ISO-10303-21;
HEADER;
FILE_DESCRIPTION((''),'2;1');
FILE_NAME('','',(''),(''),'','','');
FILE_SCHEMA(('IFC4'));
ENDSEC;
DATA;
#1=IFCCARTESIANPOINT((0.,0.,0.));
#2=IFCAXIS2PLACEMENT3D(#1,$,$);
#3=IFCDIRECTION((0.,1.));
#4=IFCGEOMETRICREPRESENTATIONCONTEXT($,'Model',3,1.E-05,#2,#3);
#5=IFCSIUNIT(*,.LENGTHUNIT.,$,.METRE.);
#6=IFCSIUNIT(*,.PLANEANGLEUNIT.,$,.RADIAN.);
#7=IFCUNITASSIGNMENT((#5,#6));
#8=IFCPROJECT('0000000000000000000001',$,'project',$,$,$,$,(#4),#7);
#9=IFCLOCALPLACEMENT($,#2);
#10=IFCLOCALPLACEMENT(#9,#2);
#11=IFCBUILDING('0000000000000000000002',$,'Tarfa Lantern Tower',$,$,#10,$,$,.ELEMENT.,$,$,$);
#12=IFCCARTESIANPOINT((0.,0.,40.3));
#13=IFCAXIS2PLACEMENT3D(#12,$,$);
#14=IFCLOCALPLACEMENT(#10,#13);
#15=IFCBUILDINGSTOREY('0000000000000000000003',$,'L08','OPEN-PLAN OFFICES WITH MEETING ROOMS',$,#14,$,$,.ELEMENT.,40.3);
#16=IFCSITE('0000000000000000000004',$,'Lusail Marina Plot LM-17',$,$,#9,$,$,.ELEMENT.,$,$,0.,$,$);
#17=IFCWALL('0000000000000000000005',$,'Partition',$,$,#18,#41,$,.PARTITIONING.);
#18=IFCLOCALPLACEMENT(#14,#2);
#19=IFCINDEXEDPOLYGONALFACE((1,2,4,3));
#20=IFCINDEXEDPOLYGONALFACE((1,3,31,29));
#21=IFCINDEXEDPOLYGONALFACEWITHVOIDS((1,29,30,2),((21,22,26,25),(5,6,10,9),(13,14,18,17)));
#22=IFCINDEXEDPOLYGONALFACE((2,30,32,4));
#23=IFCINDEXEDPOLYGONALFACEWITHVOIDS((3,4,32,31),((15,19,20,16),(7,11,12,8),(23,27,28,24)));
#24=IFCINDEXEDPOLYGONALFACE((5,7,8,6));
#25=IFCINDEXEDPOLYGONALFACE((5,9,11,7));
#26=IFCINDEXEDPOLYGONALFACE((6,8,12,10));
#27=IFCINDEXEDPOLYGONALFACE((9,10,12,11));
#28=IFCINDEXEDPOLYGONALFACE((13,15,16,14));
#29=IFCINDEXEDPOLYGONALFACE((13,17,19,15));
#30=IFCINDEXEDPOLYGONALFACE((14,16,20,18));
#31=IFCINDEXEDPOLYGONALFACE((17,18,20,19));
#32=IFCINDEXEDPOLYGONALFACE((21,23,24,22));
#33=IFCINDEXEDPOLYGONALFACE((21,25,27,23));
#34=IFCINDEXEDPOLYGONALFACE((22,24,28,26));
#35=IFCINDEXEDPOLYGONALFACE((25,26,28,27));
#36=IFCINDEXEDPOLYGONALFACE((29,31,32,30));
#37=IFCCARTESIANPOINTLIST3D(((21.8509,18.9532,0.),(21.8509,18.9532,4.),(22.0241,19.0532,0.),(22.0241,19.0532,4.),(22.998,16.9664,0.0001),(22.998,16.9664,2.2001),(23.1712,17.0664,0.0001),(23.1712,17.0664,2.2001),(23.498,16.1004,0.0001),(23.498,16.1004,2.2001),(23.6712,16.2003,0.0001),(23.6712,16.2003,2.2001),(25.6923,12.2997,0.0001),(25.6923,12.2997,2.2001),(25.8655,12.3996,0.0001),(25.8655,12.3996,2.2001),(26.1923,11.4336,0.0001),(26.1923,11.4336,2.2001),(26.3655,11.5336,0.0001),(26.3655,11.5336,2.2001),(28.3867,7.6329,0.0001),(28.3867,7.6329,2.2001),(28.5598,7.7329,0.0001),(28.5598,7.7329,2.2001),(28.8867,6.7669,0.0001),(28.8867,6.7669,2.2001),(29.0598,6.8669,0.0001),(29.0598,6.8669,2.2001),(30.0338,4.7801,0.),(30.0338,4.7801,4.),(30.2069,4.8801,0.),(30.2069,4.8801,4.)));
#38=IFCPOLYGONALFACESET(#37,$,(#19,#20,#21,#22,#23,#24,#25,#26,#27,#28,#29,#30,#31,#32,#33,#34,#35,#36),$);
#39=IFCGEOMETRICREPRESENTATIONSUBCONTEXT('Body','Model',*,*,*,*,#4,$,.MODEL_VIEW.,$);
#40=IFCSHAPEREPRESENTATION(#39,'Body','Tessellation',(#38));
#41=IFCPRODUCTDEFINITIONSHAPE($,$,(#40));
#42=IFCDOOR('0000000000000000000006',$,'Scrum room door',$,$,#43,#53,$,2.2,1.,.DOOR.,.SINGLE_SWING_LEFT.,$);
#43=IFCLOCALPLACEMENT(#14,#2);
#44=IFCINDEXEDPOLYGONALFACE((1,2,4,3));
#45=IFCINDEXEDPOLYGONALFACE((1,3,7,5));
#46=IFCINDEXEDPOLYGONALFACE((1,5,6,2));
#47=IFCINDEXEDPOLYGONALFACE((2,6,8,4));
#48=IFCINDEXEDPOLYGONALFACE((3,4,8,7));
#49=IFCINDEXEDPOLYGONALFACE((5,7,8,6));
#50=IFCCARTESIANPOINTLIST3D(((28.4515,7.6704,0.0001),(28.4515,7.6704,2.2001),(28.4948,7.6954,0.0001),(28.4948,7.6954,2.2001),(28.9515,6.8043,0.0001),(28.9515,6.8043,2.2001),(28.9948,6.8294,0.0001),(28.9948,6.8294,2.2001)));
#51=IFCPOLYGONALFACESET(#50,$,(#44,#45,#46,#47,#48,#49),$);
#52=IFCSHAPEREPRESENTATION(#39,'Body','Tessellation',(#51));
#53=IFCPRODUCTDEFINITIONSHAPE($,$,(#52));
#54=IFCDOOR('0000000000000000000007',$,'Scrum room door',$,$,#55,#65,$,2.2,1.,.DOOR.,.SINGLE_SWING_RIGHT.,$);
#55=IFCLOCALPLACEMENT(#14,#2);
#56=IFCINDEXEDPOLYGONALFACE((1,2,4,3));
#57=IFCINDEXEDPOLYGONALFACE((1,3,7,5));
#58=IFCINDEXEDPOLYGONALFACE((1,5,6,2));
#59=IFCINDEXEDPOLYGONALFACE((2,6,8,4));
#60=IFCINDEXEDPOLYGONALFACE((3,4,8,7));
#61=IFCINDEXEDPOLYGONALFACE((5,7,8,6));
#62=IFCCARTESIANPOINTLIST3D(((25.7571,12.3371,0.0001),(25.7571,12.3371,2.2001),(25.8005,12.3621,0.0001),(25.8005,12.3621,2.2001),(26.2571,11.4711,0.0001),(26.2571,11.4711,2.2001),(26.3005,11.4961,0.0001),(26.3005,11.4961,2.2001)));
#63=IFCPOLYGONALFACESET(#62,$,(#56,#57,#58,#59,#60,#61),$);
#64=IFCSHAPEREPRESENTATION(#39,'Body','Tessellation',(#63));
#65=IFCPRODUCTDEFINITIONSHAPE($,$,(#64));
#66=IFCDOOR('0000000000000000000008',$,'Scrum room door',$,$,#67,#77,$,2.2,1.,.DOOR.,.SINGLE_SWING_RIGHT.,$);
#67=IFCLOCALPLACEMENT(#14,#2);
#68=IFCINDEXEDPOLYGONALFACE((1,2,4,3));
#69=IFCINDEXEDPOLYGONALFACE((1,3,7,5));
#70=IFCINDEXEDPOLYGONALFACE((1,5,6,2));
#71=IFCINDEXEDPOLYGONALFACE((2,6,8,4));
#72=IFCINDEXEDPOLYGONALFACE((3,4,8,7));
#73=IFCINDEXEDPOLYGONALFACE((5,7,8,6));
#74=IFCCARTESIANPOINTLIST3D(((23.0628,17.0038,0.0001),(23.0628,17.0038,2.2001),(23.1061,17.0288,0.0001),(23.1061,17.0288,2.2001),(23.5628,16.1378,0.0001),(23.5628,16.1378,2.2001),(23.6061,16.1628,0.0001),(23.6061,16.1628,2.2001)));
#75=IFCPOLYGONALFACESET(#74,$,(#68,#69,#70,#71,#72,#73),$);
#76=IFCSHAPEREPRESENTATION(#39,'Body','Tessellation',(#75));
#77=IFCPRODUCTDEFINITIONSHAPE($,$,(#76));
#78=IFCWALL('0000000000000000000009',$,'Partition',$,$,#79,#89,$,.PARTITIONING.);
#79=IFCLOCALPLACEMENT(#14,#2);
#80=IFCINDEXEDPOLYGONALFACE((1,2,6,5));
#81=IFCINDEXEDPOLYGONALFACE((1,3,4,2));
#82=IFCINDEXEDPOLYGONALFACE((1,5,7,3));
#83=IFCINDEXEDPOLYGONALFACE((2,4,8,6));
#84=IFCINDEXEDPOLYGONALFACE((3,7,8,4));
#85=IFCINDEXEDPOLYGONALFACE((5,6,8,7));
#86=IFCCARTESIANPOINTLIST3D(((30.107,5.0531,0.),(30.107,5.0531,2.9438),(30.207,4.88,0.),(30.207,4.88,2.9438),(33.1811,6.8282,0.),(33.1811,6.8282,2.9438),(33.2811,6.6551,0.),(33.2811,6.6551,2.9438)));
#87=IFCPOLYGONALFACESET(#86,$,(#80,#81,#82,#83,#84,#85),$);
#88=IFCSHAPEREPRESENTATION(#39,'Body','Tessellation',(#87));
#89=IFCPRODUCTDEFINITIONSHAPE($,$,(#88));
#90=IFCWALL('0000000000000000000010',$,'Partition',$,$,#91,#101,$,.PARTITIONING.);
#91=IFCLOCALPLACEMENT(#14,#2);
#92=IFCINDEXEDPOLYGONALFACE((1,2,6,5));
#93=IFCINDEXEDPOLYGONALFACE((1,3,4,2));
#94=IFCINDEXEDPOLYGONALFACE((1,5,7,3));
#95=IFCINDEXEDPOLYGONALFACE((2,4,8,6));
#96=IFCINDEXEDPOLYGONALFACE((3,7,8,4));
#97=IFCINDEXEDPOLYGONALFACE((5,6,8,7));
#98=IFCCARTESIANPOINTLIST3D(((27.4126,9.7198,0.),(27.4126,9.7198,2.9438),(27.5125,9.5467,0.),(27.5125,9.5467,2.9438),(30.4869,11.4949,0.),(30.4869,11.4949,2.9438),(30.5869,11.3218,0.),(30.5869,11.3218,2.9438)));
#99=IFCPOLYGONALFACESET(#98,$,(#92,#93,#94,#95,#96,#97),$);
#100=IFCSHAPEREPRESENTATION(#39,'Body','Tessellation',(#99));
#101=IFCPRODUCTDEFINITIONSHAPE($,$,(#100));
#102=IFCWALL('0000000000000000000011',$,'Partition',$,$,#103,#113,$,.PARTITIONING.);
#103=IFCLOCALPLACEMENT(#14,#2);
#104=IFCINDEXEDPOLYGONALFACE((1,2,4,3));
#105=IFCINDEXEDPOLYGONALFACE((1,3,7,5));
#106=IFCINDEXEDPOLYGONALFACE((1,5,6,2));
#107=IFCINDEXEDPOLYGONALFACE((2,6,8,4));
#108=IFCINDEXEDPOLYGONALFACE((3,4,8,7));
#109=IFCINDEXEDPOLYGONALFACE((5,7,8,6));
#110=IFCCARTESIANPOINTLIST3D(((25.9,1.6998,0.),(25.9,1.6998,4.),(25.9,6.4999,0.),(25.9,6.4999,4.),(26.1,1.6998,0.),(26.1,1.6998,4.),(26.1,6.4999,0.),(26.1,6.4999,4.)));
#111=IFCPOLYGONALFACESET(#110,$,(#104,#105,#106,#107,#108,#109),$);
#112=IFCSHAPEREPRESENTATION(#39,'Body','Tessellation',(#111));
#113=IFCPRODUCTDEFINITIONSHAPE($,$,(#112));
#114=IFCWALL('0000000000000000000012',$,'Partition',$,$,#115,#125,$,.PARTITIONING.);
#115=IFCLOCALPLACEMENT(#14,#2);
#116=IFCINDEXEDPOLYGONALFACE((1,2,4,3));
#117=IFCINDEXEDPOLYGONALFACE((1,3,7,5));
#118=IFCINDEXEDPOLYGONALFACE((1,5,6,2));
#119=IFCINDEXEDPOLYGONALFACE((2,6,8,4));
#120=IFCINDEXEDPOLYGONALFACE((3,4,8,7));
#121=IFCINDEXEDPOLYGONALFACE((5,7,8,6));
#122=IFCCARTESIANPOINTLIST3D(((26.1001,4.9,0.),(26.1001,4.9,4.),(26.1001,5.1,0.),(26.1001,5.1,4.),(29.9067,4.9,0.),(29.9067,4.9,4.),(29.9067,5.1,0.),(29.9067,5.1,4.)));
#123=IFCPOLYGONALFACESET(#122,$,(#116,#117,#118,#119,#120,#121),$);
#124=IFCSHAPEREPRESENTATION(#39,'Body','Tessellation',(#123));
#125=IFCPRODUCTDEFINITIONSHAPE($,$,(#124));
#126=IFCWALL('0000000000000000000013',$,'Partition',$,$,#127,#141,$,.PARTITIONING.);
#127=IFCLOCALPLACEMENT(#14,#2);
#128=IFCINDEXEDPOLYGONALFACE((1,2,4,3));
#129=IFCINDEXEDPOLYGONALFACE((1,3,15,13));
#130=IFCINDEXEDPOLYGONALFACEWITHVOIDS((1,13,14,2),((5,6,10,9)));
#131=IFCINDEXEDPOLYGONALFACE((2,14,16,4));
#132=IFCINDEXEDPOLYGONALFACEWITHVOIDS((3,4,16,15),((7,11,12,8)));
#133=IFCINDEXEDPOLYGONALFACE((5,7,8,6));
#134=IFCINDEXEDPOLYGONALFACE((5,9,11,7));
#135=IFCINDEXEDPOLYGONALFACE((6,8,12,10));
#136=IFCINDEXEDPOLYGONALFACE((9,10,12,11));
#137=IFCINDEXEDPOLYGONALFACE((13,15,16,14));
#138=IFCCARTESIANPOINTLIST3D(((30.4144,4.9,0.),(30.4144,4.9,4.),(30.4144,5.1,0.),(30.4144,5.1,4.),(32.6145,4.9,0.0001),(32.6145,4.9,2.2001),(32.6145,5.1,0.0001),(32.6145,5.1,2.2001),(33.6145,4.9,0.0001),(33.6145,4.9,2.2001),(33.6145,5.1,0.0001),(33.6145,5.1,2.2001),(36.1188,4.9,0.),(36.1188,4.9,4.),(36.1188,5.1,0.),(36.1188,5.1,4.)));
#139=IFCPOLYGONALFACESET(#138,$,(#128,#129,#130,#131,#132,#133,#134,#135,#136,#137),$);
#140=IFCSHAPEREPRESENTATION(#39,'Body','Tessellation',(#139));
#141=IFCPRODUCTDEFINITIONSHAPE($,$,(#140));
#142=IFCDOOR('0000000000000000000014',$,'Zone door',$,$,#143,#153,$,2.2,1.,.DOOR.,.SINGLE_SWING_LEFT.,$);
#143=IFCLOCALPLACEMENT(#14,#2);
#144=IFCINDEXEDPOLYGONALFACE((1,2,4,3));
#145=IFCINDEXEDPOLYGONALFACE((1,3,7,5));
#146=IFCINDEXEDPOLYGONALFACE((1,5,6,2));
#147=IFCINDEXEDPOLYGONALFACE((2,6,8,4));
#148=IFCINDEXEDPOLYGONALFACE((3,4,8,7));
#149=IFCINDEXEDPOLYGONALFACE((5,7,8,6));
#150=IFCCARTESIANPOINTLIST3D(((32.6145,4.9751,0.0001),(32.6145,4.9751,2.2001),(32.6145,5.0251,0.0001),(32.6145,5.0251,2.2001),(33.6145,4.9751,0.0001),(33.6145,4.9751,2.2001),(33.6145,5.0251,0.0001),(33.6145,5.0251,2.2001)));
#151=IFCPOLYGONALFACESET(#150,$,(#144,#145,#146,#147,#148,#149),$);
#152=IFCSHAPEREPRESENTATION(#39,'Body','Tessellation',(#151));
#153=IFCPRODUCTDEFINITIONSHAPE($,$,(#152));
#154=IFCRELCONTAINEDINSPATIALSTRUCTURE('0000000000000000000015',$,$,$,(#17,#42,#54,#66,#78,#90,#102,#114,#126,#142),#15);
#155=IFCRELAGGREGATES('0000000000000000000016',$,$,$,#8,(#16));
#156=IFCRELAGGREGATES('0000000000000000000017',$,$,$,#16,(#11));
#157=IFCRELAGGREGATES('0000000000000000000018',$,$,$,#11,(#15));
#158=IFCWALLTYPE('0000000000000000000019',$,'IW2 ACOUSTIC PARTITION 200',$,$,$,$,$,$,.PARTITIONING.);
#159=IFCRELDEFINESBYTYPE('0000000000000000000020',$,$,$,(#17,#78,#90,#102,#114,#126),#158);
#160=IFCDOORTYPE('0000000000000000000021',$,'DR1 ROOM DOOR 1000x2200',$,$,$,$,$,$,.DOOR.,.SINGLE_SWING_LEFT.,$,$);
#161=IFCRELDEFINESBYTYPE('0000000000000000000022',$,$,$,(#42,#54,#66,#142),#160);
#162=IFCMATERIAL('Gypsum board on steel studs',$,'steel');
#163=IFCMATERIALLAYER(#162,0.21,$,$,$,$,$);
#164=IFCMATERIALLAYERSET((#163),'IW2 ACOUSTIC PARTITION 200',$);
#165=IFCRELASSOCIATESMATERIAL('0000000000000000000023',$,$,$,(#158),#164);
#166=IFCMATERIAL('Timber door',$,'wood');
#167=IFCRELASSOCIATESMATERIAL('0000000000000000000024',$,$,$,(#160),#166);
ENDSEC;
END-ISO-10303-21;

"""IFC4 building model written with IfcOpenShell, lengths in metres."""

from ifc_helpers import new_model, si_unit, direction, frame, frame_2d, origin, place, context, subcontext, project, spatial, rectangle, extrude, material, layer, layer_set, type_object, element, fill, save


model = new_model("IFC4")

# Units and contexts
model_context = context("Model", 3, precision=1e-05, world=origin(), true_north=direction((0.0, 1.0)))
body_context = subcontext(model_context, "Body", "Model", "MODEL_VIEW")
ifc_project = project(units=[si_unit("LENGTHUNIT", "METRE"), si_unit("PLANEANGLEUNIT", "RADIAN")], contexts=[model_context])

# Site, building, storey
site_placement = place(None, origin())
site = spatial("IfcSite", under=ifc_project, at=site_placement, Name="Lusail Marina Plot LM-17", CompositionType="ELEMENT", RefElevation=0.0)
building_placement = place(site_placement, origin())
building = spatial("IfcBuilding", under=site, at=building_placement, Name="Tarfa Lantern Tower", CompositionType="ELEMENT")
storey_placement = place(building_placement, frame((0.0, 0.0, 40.3)))
storey = spatial("IfcBuildingStorey", under=building, at=storey_placement, Name="L08", Description="OPEN-PLAN OFFICES WITH MEETING ROOMS", CompositionType="ELEMENT", Elevation=40.3)

# Wall, openings, doors
ifc_material_1 = material(Name="Gypsum board on steel studs", Category="steel")
ifc_layer_1 = layer(ifc_material_1, 0.21)
ifc_layer_set_1 = layer_set([ifc_layer_1], Name="IW2 ACOUSTIC PARTITION 200")
wall_type = type_object("IfcWallType", Name="IW2 ACOUSTIC PARTITION 200", PredefinedType="PARTITIONING", material=ifc_layer_set_1)
wall_1_placement = place(storey_placement, frame((30.1204, 4.8301, 0.0), z_axis=(0.0, 0.0, 1.0), x_axis=(-0.500001, 0.866025, 0.0)))
wall_1 = element("IfcWall", 1, at=wall_1_placement, inside=storey, type_object=wall_type, Name="Partition", PredefinedType="PARTITIONING", context=body_context, shape_type="SweptSolid", body=[
    extrude(rectangle(XDim=16.3657, YDim=0.2, at=frame_2d((8.1829, 0.0))), origin(), (0.0, 0.0, 1.0), 4.0),
])
opening_1_placement = place(wall_1_placement, frame((2.2942, 0.0, 0.0)))
opening_1 = element("IfcOpeningElement", 2, at=opening_1_placement, cuts=wall_1, PredefinedType="OPENING", context=body_context, shape_type="SweptSolid", body=[
    extrude(rectangle(XDim=1.0, YDim=2.2, at=frame_2d((0.5, 1.1001))), frame((0.0, 0.1099, 0.0), z_axis=(0.0, -1.0, 0.0), x_axis=(1.0, 0.0, 0.0)), (0.0, 0.0, 1.0), 0.22),
])
opening_2_placement = place(wall_1_placement, frame((7.6829, 0.0, 0.0)))
opening_2 = element("IfcOpeningElement", 3, at=opening_2_placement, cuts=wall_1, PredefinedType="OPENING", context=body_context, shape_type="SweptSolid", body=[
    extrude(rectangle(XDim=1.0, YDim=2.2, at=frame_2d((0.5, 1.1001))), frame((0.0, 0.1099, 0.0), z_axis=(0.0, -1.0, 0.0), x_axis=(1.0, 0.0, 0.0)), (0.0, 0.0, 1.0), 0.22),
])
opening_3_placement = place(wall_1_placement, frame((13.0715, 0.0, 0.0)))
opening_3 = element("IfcOpeningElement", 4, at=opening_3_placement, cuts=wall_1, PredefinedType="OPENING", context=body_context, shape_type="SweptSolid", body=[
    extrude(rectangle(XDim=1.0, YDim=2.2, at=frame_2d((0.5, 1.1001))), frame((0.0, 0.1099, 0.0), z_axis=(0.0, -1.0, 0.0), x_axis=(1.0, 0.0, 0.0)), (0.0, 0.0, 1.0), 0.22),
])
ifc_material_2 = material(Name="Timber door", Category="wood")
door_type = type_object("IfcDoorType", Name="DR1 ROOM DOOR 1000x2200", OperationType="SINGLE_SWING_LEFT", PredefinedType="DOOR", material=ifc_material_2)
door_1_placement = place(opening_1_placement, frame((1.0, 0.0, 0.0), z_axis=(0.0, 0.0, 1.0), x_axis=(-1.0, 0.0, 0.0)))
door_1 = element("IfcDoor", 5, at=door_1_placement, inside=storey, type_object=door_type, Name="Scrum room door", OperationType="SINGLE_SWING_LEFT", OverallHeight=2.2, OverallWidth=1.0, PredefinedType="DOOR", context=body_context, shape_type="SweptSolid", body=[
    extrude(rectangle(XDim=1.0, YDim=2.2, at=frame_2d((0.5, 1.1001))), frame((0.0, 0.0249, 0.0), z_axis=(0.0, -1.0, 0.0), x_axis=(1.0, 0.0, 0.0)), (0.0, 0.0, 1.0), 0.05),
])
fill(opening_1, door_1)
door_2_placement = place(opening_2_placement, frame((1.0, 0.0, 0.0), z_axis=(0.0, 0.0, 1.0), x_axis=(-1.0, 0.0, 0.0)))
door_2 = element("IfcDoor", 6, at=door_2_placement, inside=storey, type_object=door_type, Name="Scrum room door", OperationType="SINGLE_SWING_RIGHT", OverallHeight=2.2, OverallWidth=1.0, PredefinedType="DOOR", context=body_context, shape_type="SweptSolid", body=[
    extrude(rectangle(XDim=1.0, YDim=2.2, at=frame_2d((0.5, 1.1001))), frame((0.0, 0.0249, 0.0), z_axis=(0.0, -1.0, 0.0), x_axis=(1.0, 0.0, 0.0)), (0.0, 0.0, 1.0), 0.05),
])
fill(opening_2, door_2)
door_3_placement = place(opening_3_placement, frame((1.0, 0.0, 0.0), z_axis=(0.0, 0.0, 1.0), x_axis=(-1.0, 0.0, 0.0)))
door_3 = element("IfcDoor", 7, at=door_3_placement, inside=storey, type_object=door_type, Name="Scrum room door", OperationType="SINGLE_SWING_RIGHT", OverallHeight=2.2, OverallWidth=1.0, PredefinedType="DOOR", context=body_context, shape_type="SweptSolid", body=[
    extrude(rectangle(XDim=1.0, YDim=2.2, at=frame_2d((0.5, 1.1001))), frame((0.0, 0.0249, 0.0), z_axis=(0.0, -1.0, 0.0), x_axis=(1.0, 0.0, 0.0)), (0.0, 0.0, 1.0), 0.05),
])
fill(opening_3, door_3)

# Walls
wall_2_placement = place(storey_placement, frame((30.157, 4.9666, 0.0), z_axis=(0.0, 0.0, 1.0), x_axis=(0.865995, 0.500052, 0.0)))
element("IfcWall", 8, at=wall_2_placement, inside=storey, type_object=wall_type, Name="Partition", PredefinedType="PARTITIONING", context=body_context, shape_type="SweptSolid", body=[
    extrude(rectangle(XDim=3.5498, YDim=0.2, at=frame_2d((1.7749, 0.0))), origin(), (0.0, 0.0, 1.0), 2.9438),
])
wall_3_placement = place(storey_placement, frame((27.4626, 9.6333, 0.0), z_axis=(0.0, 0.0, 1.0), x_axis=(0.866013, 0.500022, 0.0)))
element("IfcWall", 9, at=wall_3_placement, inside=storey, type_object=wall_type, Name="Partition", PredefinedType="PARTITIONING", context=body_context, shape_type="SweptSolid", body=[
    extrude(rectangle(XDim=3.55, YDim=0.2, at=frame_2d((1.7749, 0.0))), origin(), (0.0, 0.0, 1.0), 2.9438),
])
wall_4_placement = place(storey_placement, frame((26.0, 1.7, 0.0), z_axis=(0.0, 0.0, 1.0), x_axis=(0.0, 1.0, 0.0)))
element("IfcWall", 10, at=wall_4_placement, inside=storey, type_object=wall_type, Name="Partition", PredefinedType="PARTITIONING", context=body_context, shape_type="SweptSolid", body=[
    extrude(rectangle(XDim=4.8, YDim=0.2, at=frame_2d((2.3999, 0.0))), origin(), (0.0, 0.0, 1.0), 4.0),
])
wall_5_placement = place(storey_placement, frame((26.1001, 5.0, 0.0), z_axis=(0.0, 0.0, 1.0), x_axis=(1.0, 0.0, 0.0)))
element("IfcWall", 11, at=wall_5_placement, inside=storey, type_object=wall_type, Name="Partition", PredefinedType="PARTITIONING", context=body_context, shape_type="SweptSolid", body=[
    extrude(rectangle(XDim=3.8066, YDim=0.2, at=frame_2d((1.9033, 0.0))), origin(), (0.0, 0.0, 1.0), 4.0),
])

# Wall, opening, door
wall_6_placement = place(storey_placement, frame((30.4146, 5.0, 0.0), z_axis=(0.0, 0.0, 1.0), x_axis=(1.0, 0.0, 0.0)))
wall_6 = element("IfcWall", 12, at=wall_6_placement, inside=storey, type_object=wall_type, Name="Partition", PredefinedType="PARTITIONING", context=body_context, shape_type="SweptSolid", body=[
    extrude(rectangle(XDim=5.7043, YDim=0.2, at=frame_2d((2.8521, 0.0))), origin(), (0.0, 0.0, 1.0), 4.0),
])
opening_4_placement = place(wall_6_placement, frame((2.2, 0.0, 0.0)))
opening_4 = element("IfcOpeningElement", 13, at=opening_4_placement, cuts=wall_6, PredefinedType="OPENING", context=body_context, shape_type="SweptSolid", body=[
    extrude(rectangle(XDim=1.0, YDim=2.2, at=frame_2d((0.5, 1.1001))), frame((0.0, 0.1099, 0.0), z_axis=(0.0, -1.0, 0.0), x_axis=(1.0, 0.0, 0.0)), (0.0, 0.0, 1.0), 0.22),
])
door_4_placement = place(opening_4_placement, frame((1.0, 0.0, 0.0), z_axis=(0.0, 0.0, 1.0), x_axis=(-1.0, 0.0, 0.0)))
door_4 = element("IfcDoor", 14, at=door_4_placement, inside=storey, type_object=door_type, Name="Zone door", OperationType="SINGLE_SWING_LEFT", OverallHeight=2.2, OverallWidth=1.0, PredefinedType="DOOR", context=body_context, shape_type="SweptSolid", body=[
    extrude(rectangle(XDim=1.0, YDim=2.2, at=frame_2d((0.5, 1.1001))), frame((0.0, 0.0249, 0.0), z_axis=(0.0, -1.0, 0.0), x_axis=(1.0, 0.0, 0.0)), (0.0, 0.0, 1.0), 0.05),
])
fill(opening_4, door_4)

save(model, "model.ifc")
